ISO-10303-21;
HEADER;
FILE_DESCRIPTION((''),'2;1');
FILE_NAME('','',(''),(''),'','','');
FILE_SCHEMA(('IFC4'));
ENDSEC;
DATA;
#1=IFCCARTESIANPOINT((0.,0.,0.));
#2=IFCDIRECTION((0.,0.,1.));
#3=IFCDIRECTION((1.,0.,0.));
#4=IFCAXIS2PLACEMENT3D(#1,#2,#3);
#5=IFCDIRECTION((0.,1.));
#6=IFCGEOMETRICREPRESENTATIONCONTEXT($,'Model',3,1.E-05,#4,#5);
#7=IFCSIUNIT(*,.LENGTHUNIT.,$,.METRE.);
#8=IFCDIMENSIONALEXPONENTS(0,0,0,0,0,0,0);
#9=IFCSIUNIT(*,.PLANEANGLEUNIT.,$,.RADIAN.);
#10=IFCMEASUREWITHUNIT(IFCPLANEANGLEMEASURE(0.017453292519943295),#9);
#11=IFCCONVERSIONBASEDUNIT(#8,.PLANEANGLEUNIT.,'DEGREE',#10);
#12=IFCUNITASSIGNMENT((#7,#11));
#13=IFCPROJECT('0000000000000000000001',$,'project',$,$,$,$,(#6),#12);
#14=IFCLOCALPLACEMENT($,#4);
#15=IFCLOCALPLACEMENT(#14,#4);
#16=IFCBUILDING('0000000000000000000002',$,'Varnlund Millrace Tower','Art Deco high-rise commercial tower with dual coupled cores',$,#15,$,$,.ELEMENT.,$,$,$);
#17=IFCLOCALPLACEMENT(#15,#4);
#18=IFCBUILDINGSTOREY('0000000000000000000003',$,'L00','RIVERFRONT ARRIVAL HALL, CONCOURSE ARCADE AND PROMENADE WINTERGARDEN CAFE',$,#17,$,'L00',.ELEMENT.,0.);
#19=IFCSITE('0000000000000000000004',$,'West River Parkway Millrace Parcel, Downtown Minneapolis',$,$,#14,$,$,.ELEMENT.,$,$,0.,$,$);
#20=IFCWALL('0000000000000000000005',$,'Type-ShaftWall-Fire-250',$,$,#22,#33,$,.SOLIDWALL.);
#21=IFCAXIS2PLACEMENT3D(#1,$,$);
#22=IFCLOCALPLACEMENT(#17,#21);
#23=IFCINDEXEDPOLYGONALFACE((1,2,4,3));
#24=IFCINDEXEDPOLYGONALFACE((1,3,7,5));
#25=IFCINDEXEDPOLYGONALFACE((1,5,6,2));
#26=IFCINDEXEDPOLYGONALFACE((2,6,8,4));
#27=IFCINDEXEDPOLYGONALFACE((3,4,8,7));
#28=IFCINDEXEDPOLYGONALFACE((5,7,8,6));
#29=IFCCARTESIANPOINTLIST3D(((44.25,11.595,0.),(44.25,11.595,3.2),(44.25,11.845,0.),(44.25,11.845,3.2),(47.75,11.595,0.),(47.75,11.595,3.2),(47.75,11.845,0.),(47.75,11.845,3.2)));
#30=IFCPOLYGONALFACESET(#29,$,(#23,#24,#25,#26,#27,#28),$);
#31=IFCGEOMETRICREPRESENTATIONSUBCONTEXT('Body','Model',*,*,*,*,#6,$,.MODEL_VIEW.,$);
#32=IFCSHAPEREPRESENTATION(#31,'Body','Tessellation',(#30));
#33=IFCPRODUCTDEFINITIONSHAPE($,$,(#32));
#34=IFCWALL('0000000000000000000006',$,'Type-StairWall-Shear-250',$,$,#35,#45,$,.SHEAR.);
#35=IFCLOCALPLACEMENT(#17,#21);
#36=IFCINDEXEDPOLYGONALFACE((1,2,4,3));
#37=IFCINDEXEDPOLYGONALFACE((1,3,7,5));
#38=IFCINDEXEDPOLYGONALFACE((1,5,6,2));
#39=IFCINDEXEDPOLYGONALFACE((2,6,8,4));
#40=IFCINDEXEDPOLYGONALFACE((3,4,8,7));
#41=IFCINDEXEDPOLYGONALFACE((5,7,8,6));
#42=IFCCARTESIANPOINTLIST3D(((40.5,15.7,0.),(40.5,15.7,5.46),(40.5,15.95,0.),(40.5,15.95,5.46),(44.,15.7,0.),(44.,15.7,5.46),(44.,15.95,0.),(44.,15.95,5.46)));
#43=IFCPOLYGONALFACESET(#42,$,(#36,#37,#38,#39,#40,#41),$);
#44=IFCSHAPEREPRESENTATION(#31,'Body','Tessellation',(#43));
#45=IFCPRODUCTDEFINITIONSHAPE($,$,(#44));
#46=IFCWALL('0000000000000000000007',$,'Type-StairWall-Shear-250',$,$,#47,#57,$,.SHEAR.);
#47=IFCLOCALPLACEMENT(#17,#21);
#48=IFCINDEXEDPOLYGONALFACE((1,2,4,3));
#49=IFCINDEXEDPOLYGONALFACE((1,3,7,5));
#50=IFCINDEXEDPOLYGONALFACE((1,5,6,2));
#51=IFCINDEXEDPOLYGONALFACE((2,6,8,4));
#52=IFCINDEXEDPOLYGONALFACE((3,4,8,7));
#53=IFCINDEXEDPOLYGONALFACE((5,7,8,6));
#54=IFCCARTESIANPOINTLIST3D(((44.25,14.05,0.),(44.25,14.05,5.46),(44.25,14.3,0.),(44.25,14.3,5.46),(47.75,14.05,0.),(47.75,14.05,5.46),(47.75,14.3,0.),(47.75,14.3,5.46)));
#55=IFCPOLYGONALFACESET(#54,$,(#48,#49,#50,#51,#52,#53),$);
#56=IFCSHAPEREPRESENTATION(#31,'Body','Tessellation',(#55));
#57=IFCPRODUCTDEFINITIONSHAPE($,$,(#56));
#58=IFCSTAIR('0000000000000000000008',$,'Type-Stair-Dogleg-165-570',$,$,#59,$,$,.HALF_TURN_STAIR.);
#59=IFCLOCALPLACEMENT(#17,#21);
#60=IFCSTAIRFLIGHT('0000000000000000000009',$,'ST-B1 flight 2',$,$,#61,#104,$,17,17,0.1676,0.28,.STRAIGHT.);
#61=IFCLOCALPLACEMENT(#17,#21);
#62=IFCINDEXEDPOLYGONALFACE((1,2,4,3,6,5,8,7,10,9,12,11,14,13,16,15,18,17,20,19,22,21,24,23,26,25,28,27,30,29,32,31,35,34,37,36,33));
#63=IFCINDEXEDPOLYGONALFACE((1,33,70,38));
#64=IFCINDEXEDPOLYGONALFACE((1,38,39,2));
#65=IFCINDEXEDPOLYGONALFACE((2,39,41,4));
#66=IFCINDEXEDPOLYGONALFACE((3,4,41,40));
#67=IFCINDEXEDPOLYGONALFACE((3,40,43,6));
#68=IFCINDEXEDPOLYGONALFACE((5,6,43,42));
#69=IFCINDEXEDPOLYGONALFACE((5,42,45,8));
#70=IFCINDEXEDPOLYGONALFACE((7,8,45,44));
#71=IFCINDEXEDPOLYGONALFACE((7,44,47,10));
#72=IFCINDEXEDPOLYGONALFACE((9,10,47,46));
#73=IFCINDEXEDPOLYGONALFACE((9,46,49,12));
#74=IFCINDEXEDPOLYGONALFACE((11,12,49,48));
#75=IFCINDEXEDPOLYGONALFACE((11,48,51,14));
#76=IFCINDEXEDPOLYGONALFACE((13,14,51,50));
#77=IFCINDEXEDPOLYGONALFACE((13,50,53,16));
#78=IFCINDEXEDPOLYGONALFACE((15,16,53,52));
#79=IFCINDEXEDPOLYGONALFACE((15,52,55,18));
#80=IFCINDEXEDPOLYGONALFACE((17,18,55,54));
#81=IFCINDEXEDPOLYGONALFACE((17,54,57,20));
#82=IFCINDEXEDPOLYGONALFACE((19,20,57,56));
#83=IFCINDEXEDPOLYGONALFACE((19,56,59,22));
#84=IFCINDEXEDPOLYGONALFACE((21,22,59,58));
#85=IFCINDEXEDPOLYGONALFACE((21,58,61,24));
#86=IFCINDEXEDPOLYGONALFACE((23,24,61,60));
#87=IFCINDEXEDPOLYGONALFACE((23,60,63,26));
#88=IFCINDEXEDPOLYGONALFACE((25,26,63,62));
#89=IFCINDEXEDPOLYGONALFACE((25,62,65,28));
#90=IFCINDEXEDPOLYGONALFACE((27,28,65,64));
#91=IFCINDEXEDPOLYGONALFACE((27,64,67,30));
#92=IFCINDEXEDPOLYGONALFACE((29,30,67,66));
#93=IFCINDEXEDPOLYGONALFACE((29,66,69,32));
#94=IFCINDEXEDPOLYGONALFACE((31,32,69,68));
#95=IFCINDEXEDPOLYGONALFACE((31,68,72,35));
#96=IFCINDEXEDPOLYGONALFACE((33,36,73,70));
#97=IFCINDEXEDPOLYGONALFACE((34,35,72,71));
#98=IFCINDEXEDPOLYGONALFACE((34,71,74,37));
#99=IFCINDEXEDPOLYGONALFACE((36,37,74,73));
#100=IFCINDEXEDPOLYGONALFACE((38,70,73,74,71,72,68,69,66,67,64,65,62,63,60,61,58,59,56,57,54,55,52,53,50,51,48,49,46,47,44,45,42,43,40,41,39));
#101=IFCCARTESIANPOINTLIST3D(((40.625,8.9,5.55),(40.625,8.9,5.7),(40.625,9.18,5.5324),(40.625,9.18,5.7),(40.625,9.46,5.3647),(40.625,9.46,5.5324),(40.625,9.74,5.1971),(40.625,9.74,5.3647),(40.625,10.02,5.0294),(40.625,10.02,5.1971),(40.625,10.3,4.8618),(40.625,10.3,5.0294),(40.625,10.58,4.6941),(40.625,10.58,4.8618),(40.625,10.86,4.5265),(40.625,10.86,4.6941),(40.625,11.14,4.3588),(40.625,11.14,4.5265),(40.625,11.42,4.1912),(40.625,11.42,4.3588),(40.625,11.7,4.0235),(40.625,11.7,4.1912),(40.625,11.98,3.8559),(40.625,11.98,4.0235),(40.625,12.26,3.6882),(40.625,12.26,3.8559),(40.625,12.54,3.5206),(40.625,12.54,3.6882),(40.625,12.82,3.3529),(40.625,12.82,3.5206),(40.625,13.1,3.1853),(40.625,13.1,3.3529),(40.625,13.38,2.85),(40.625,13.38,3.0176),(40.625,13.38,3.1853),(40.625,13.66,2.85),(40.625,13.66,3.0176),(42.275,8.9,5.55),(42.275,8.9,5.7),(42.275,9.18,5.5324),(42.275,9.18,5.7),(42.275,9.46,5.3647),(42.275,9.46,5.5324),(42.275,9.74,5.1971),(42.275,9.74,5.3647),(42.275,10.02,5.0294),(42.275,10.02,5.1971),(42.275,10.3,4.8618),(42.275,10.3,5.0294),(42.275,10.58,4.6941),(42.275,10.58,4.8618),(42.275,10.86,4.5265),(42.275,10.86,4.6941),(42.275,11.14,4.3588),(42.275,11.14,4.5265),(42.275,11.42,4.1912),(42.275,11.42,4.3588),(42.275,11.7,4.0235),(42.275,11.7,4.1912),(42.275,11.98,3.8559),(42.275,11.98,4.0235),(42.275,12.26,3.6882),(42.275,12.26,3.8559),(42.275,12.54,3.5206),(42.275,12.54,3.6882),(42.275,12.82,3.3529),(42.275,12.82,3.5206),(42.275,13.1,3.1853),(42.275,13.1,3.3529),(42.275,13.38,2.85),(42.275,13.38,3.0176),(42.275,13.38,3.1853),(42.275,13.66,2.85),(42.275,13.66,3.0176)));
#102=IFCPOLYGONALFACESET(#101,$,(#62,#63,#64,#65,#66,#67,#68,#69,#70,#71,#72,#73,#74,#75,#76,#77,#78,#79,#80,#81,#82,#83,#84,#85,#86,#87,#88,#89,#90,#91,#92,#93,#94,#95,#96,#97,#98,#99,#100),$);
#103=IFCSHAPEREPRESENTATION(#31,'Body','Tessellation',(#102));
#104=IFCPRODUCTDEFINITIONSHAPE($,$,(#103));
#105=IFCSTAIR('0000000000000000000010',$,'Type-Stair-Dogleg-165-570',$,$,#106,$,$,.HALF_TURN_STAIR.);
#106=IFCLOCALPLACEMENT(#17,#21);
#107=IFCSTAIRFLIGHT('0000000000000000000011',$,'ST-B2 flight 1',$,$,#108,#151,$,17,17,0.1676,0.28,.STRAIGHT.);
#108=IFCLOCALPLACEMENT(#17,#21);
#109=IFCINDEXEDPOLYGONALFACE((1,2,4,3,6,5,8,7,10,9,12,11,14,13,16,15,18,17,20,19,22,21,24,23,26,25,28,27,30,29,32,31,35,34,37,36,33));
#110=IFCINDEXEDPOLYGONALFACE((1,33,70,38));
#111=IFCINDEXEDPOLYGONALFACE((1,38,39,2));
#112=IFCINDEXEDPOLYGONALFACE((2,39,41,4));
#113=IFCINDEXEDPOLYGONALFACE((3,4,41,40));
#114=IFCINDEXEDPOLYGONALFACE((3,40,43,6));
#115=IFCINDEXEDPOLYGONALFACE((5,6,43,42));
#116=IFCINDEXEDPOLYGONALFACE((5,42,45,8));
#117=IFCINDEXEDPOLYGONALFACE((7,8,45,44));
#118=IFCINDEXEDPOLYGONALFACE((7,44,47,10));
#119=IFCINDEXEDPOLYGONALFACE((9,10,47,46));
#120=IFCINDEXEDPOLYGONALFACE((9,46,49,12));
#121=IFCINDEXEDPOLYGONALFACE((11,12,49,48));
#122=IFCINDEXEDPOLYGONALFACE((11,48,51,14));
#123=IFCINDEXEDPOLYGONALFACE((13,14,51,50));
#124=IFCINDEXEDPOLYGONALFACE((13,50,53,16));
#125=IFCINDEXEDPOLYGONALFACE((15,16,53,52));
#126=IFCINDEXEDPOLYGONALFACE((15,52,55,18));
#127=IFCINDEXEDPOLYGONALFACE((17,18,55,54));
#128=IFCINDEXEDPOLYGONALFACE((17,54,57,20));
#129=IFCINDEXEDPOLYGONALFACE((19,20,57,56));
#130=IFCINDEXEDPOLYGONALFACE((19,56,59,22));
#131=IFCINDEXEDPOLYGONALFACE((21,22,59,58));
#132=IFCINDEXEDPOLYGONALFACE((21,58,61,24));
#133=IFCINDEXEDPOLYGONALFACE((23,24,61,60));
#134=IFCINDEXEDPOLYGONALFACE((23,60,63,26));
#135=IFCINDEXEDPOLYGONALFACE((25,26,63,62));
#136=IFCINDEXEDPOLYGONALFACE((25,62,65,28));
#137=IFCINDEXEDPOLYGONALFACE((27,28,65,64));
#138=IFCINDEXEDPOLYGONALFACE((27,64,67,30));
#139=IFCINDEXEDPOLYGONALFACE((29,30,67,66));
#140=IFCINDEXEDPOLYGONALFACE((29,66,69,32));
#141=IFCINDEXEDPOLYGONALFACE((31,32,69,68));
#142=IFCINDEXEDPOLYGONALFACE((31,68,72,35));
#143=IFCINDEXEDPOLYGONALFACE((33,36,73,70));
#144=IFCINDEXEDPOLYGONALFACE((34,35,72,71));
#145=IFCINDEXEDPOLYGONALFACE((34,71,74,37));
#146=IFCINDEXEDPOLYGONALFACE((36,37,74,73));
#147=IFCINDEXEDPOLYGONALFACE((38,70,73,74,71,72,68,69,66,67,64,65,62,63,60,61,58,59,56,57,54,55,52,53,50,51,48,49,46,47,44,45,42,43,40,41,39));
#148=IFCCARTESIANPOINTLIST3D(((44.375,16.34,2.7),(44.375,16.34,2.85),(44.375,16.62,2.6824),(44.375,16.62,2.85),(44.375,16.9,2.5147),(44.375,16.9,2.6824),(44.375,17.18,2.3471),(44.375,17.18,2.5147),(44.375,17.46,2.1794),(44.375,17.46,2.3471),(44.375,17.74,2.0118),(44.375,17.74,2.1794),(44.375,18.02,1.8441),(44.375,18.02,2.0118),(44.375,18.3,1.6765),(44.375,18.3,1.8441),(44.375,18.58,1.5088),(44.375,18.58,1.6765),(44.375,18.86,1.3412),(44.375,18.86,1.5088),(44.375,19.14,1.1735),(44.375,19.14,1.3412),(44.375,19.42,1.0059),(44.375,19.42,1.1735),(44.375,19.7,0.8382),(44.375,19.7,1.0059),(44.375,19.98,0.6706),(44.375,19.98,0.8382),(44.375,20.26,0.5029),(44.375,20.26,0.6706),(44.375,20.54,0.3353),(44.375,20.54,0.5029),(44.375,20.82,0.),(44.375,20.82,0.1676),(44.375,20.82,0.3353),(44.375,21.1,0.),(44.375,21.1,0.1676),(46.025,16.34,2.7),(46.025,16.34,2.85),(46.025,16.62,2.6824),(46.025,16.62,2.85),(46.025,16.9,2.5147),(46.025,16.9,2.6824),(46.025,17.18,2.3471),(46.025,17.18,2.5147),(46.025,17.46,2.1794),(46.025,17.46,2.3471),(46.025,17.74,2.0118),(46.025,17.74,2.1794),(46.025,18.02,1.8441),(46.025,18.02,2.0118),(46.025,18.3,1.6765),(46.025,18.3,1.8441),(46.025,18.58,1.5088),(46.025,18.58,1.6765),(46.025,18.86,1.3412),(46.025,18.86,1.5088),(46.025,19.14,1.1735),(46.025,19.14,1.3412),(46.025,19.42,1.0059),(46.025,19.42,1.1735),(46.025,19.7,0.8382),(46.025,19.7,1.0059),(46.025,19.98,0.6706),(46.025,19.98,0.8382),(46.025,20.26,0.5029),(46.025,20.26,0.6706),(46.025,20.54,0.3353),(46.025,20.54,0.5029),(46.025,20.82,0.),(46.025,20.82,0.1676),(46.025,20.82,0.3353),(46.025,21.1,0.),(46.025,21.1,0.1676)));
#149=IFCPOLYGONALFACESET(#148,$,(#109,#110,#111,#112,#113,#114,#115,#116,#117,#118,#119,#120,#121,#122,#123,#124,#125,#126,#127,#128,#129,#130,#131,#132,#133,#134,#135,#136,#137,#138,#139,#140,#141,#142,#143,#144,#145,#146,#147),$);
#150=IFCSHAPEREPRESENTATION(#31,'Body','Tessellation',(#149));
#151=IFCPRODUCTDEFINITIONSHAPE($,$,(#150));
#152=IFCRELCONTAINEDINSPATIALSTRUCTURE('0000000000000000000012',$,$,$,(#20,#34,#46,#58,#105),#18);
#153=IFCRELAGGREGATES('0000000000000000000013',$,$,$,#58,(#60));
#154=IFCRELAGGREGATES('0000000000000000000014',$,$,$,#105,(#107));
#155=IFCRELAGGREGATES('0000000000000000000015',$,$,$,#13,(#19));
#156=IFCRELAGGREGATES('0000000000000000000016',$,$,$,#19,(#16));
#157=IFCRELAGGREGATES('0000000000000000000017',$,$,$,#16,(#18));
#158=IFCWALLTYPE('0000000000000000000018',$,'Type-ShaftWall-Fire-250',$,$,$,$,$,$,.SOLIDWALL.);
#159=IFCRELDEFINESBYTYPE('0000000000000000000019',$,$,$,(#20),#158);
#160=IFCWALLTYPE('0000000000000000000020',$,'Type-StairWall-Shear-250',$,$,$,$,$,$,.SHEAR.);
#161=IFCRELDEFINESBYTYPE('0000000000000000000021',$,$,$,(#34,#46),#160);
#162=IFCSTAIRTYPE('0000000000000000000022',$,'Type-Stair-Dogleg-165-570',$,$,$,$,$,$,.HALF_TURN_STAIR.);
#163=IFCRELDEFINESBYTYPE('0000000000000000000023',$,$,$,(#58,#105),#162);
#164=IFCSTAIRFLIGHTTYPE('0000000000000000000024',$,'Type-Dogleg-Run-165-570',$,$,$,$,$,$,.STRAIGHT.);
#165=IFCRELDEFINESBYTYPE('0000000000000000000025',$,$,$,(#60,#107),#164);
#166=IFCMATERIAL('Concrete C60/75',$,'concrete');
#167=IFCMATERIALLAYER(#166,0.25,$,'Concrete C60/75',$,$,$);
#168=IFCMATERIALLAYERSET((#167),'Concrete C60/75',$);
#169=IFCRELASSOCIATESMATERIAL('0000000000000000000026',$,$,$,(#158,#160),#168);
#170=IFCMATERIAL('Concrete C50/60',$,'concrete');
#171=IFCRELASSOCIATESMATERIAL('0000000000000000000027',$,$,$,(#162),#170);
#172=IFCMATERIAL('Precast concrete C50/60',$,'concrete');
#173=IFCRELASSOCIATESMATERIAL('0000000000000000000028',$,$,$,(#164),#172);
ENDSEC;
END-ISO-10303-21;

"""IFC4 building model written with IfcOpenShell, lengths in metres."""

from ifc_helpers import new_model, entity, si_unit, converted_unit, direction, frame, origin_with_axes, place, context, subcontext, project, spatial, polyline, outline, extrude, material, layer, layer_set, type_object, element, aggregate, save


model = new_model("IFC4")

# Units and contexts
model_context = context("Model", 3, precision=1e-05, world=origin_with_axes(), true_north=direction((0.0, 1.0)))
body_context = subcontext(model_context, "Body", "Model", "MODEL_VIEW")
ifc_project = project(units=[si_unit("LENGTHUNIT", "METRE"), converted_unit("PLANEANGLEUNIT", "DEGREE", entity("IfcPlaneAngleMeasure", 0.017453292519943295), si_unit("PLANEANGLEUNIT", "RADIAN"), dimensions=[0, 0, 0, 0, 0, 0, 0])], contexts=[model_context])

# Site, building, storey
site_placement = place(None, origin_with_axes())
site = spatial("IfcSite", under=ifc_project, at=site_placement, Name="West River Parkway Millrace Parcel, Downtown Minneapolis", CompositionType="ELEMENT", RefElevation=0.0)
building_placement = place(site_placement, origin_with_axes())
building = spatial("IfcBuilding", under=site, at=building_placement, Name="Varnlund Millrace Tower", Description="Art Deco high-rise commercial tower with dual coupled cores", CompositionType="ELEMENT")
storey_placement = place(building_placement, origin_with_axes())
storey = spatial("IfcBuildingStorey", under=building, at=storey_placement, Name="L00", Description="RIVERFRONT ARRIVAL HALL, CONCOURSE ARCADE AND PROMENADE WINTERGARDEN CAFE", LongName="L00", CompositionType="ELEMENT", Elevation=0.0)

# Shared definitions
ifc_material_1 = material(Name="Concrete C60/75", Category="concrete")
ifc_layer_1 = layer(ifc_material_1, 0.25, Name="Concrete C60/75")
ifc_layer_set_1 = layer_set([ifc_layer_1], Name="Concrete C60/75")
wall_type_1 = type_object("IfcWallType", Name="Type-ShaftWall-Fire-250", PredefinedType="SOLIDWALL", material=ifc_layer_set_1)

# Walls
wall_1_placement = place(storey_placement, frame((44.25, 11.72, 0.0), z_axis=(0.0, 0.0, 1.0), x_axis=(1.0, 0.0, 0.0)))
element("IfcWall", 1, at=wall_1_placement, inside=storey, type_object=wall_type_1, Name="Type-ShaftWall-Fire-250", PredefinedType="SOLIDWALL", context=body_context, shape_type="SweptSolid", body=[
    extrude(outline(polyline([(0.0, -0.125), (3.5, -0.125), (3.5, 0.125), (0.0, 0.125), (0.0, -0.125)])), origin_with_axes(), (0.0, 0.0, 1.0), 3.2),
])
wall_type_2 = type_object("IfcWallType", Name="Type-StairWall-Shear-250", PredefinedType="SHEAR", material=ifc_layer_set_1)
for number, where, z_axis, x_axis, name in (
    (2, (40.5, 15.825, 0.0), (0.0, 0.0, 1.0), (1.0, 0.0, 0.0), "Type-StairWall-Shear-250"),
    (3, (44.25, 14.175, 0.0), (0.0, 0.0, 1.0), (1.0, 0.0, 0.0), "Type-StairWall-Shear-250"),
):
    element("IfcWall", number, at=place(storey_placement, frame(where, z_axis=z_axis, x_axis=x_axis)), inside=storey, type_object=wall_type_2, Name=name, PredefinedType="SHEAR", context=body_context, shape_type="SweptSolid", body=[
        extrude(outline(polyline([(0.0, -0.125), (3.5, -0.125), (3.5, 0.125), (0.0, 0.125), (0.0, -0.125)])), origin_with_axes(), (0.0, 0.0, 1.0), 5.46),
    ])

# Stair, stair flight
ifc_material_2 = material(Name="Concrete C50/60", Category="concrete")
stair_type = type_object("IfcStairType", Name="Type-Stair-Dogleg-165-570", PredefinedType="HALF_TURN_STAIR", material=ifc_material_2)
stair_1_placement = place(storey_placement, origin_with_axes())
stair_1 = element("IfcStair", 4, at=stair_1_placement, inside=storey, type_object=stair_type, Name="Type-Stair-Dogleg-165-570", PredefinedType="HALF_TURN_STAIR")
ifc_material_3 = material(Name="Precast concrete C50/60", Category="concrete")
stair_flight_type = type_object("IfcStairFlightType", Name="Type-Dogleg-Run-165-570", PredefinedType="STRAIGHT", material=ifc_material_3)
stair_flight_1_placement = place(storey_placement, frame((42.275, 13.66, 2.85), z_axis=(-1.0, 0.0, 0.0), x_axis=(0.0, -1.0, 0.0)))
stair_flight_1 = element("IfcStairFlight", 5, at=stair_flight_1_placement, type_object=stair_flight_type, Name="ST-B1 flight 2", NumberOfRisers=17, NumberOfTreads=17, PredefinedType="STRAIGHT", RiserHeight=0.1676, TreadLength=0.28, context=body_context, shape_type="SweptSolid", body=[
    extrude(outline(polyline([(0.0, 0.0), (0.0, 0.1676), (0.28, 0.1676), (0.28, 0.3353), (0.56, 0.3353), (0.56, 0.5029), (0.84, 0.5029), (0.84, 0.6706), (1.12, 0.6706), (1.12, 0.8382), (1.4, 0.8382), (1.4, 1.0059), (1.68, 1.0059), (1.68, 1.1735), (1.96, 1.1735), (1.96, 1.3412), (2.24, 1.3412), (2.24, 1.5088), (2.52, 1.5088), (2.52, 1.6765), (2.8, 1.6765), (2.8, 1.8441), (3.08, 1.8441), (3.08, 2.0118), (3.36, 2.0118), (3.36, 2.1794), (3.64, 2.1794), (3.64, 2.3471), (3.92, 2.3471), (3.92, 2.5147), (4.2, 2.5147), (4.2, 2.6824), (4.48, 2.6824), (4.48, 2.85), (4.76, 2.85), (4.76, 2.7), (0.28, 0.0), (0.0, 0.0)])), origin_with_axes(), (0.0, 0.0, 1.0), 1.65),
])
aggregate(stair_1, [stair_flight_1])

# Stair, stair flight
stair_2_placement = place(storey_placement, origin_with_axes())
stair_2 = element("IfcStair", 6, at=stair_2_placement, inside=storey, type_object=stair_type, Name="Type-Stair-Dogleg-165-570", PredefinedType="HALF_TURN_STAIR")
stair_flight_2_placement = place(storey_placement, frame((46.025, 21.1, 0.0), z_axis=(-1.0, 0.0, 0.0), x_axis=(0.0, -1.0, 0.0)))
stair_flight_2 = element("IfcStairFlight", 7, at=stair_flight_2_placement, type_object=stair_flight_type, Name="ST-B2 flight 1", NumberOfRisers=17, NumberOfTreads=17, PredefinedType="STRAIGHT", RiserHeight=0.1676, TreadLength=0.28, context=body_context, shape_type="SweptSolid", body=[
    extrude(outline(polyline([(0.0, 0.0), (0.0, 0.1676), (0.28, 0.1676), (0.28, 0.3353), (0.56, 0.3353), (0.56, 0.5029), (0.84, 0.5029), (0.84, 0.6706), (1.12, 0.6706), (1.12, 0.8382), (1.4, 0.8382), (1.4, 1.0059), (1.68, 1.0059), (1.68, 1.1735), (1.96, 1.1735), (1.96, 1.3412), (2.24, 1.3412), (2.24, 1.5088), (2.52, 1.5088), (2.52, 1.6765), (2.8, 1.6765), (2.8, 1.8441), (3.08, 1.8441), (3.08, 2.0118), (3.36, 2.0118), (3.36, 2.1794), (3.64, 2.1794), (3.64, 2.3471), (3.92, 2.3471), (3.92, 2.5147), (4.2, 2.5147), (4.2, 2.6824), (4.48, 2.6824), (4.48, 2.85), (4.76, 2.85), (4.76, 2.7), (0.28, 0.0), (0.0, 0.0)])), origin_with_axes(), (0.0, 0.0, 1.0), 1.65),
])
aggregate(stair_2, [stair_flight_2])

save(model, "model.ifc")
